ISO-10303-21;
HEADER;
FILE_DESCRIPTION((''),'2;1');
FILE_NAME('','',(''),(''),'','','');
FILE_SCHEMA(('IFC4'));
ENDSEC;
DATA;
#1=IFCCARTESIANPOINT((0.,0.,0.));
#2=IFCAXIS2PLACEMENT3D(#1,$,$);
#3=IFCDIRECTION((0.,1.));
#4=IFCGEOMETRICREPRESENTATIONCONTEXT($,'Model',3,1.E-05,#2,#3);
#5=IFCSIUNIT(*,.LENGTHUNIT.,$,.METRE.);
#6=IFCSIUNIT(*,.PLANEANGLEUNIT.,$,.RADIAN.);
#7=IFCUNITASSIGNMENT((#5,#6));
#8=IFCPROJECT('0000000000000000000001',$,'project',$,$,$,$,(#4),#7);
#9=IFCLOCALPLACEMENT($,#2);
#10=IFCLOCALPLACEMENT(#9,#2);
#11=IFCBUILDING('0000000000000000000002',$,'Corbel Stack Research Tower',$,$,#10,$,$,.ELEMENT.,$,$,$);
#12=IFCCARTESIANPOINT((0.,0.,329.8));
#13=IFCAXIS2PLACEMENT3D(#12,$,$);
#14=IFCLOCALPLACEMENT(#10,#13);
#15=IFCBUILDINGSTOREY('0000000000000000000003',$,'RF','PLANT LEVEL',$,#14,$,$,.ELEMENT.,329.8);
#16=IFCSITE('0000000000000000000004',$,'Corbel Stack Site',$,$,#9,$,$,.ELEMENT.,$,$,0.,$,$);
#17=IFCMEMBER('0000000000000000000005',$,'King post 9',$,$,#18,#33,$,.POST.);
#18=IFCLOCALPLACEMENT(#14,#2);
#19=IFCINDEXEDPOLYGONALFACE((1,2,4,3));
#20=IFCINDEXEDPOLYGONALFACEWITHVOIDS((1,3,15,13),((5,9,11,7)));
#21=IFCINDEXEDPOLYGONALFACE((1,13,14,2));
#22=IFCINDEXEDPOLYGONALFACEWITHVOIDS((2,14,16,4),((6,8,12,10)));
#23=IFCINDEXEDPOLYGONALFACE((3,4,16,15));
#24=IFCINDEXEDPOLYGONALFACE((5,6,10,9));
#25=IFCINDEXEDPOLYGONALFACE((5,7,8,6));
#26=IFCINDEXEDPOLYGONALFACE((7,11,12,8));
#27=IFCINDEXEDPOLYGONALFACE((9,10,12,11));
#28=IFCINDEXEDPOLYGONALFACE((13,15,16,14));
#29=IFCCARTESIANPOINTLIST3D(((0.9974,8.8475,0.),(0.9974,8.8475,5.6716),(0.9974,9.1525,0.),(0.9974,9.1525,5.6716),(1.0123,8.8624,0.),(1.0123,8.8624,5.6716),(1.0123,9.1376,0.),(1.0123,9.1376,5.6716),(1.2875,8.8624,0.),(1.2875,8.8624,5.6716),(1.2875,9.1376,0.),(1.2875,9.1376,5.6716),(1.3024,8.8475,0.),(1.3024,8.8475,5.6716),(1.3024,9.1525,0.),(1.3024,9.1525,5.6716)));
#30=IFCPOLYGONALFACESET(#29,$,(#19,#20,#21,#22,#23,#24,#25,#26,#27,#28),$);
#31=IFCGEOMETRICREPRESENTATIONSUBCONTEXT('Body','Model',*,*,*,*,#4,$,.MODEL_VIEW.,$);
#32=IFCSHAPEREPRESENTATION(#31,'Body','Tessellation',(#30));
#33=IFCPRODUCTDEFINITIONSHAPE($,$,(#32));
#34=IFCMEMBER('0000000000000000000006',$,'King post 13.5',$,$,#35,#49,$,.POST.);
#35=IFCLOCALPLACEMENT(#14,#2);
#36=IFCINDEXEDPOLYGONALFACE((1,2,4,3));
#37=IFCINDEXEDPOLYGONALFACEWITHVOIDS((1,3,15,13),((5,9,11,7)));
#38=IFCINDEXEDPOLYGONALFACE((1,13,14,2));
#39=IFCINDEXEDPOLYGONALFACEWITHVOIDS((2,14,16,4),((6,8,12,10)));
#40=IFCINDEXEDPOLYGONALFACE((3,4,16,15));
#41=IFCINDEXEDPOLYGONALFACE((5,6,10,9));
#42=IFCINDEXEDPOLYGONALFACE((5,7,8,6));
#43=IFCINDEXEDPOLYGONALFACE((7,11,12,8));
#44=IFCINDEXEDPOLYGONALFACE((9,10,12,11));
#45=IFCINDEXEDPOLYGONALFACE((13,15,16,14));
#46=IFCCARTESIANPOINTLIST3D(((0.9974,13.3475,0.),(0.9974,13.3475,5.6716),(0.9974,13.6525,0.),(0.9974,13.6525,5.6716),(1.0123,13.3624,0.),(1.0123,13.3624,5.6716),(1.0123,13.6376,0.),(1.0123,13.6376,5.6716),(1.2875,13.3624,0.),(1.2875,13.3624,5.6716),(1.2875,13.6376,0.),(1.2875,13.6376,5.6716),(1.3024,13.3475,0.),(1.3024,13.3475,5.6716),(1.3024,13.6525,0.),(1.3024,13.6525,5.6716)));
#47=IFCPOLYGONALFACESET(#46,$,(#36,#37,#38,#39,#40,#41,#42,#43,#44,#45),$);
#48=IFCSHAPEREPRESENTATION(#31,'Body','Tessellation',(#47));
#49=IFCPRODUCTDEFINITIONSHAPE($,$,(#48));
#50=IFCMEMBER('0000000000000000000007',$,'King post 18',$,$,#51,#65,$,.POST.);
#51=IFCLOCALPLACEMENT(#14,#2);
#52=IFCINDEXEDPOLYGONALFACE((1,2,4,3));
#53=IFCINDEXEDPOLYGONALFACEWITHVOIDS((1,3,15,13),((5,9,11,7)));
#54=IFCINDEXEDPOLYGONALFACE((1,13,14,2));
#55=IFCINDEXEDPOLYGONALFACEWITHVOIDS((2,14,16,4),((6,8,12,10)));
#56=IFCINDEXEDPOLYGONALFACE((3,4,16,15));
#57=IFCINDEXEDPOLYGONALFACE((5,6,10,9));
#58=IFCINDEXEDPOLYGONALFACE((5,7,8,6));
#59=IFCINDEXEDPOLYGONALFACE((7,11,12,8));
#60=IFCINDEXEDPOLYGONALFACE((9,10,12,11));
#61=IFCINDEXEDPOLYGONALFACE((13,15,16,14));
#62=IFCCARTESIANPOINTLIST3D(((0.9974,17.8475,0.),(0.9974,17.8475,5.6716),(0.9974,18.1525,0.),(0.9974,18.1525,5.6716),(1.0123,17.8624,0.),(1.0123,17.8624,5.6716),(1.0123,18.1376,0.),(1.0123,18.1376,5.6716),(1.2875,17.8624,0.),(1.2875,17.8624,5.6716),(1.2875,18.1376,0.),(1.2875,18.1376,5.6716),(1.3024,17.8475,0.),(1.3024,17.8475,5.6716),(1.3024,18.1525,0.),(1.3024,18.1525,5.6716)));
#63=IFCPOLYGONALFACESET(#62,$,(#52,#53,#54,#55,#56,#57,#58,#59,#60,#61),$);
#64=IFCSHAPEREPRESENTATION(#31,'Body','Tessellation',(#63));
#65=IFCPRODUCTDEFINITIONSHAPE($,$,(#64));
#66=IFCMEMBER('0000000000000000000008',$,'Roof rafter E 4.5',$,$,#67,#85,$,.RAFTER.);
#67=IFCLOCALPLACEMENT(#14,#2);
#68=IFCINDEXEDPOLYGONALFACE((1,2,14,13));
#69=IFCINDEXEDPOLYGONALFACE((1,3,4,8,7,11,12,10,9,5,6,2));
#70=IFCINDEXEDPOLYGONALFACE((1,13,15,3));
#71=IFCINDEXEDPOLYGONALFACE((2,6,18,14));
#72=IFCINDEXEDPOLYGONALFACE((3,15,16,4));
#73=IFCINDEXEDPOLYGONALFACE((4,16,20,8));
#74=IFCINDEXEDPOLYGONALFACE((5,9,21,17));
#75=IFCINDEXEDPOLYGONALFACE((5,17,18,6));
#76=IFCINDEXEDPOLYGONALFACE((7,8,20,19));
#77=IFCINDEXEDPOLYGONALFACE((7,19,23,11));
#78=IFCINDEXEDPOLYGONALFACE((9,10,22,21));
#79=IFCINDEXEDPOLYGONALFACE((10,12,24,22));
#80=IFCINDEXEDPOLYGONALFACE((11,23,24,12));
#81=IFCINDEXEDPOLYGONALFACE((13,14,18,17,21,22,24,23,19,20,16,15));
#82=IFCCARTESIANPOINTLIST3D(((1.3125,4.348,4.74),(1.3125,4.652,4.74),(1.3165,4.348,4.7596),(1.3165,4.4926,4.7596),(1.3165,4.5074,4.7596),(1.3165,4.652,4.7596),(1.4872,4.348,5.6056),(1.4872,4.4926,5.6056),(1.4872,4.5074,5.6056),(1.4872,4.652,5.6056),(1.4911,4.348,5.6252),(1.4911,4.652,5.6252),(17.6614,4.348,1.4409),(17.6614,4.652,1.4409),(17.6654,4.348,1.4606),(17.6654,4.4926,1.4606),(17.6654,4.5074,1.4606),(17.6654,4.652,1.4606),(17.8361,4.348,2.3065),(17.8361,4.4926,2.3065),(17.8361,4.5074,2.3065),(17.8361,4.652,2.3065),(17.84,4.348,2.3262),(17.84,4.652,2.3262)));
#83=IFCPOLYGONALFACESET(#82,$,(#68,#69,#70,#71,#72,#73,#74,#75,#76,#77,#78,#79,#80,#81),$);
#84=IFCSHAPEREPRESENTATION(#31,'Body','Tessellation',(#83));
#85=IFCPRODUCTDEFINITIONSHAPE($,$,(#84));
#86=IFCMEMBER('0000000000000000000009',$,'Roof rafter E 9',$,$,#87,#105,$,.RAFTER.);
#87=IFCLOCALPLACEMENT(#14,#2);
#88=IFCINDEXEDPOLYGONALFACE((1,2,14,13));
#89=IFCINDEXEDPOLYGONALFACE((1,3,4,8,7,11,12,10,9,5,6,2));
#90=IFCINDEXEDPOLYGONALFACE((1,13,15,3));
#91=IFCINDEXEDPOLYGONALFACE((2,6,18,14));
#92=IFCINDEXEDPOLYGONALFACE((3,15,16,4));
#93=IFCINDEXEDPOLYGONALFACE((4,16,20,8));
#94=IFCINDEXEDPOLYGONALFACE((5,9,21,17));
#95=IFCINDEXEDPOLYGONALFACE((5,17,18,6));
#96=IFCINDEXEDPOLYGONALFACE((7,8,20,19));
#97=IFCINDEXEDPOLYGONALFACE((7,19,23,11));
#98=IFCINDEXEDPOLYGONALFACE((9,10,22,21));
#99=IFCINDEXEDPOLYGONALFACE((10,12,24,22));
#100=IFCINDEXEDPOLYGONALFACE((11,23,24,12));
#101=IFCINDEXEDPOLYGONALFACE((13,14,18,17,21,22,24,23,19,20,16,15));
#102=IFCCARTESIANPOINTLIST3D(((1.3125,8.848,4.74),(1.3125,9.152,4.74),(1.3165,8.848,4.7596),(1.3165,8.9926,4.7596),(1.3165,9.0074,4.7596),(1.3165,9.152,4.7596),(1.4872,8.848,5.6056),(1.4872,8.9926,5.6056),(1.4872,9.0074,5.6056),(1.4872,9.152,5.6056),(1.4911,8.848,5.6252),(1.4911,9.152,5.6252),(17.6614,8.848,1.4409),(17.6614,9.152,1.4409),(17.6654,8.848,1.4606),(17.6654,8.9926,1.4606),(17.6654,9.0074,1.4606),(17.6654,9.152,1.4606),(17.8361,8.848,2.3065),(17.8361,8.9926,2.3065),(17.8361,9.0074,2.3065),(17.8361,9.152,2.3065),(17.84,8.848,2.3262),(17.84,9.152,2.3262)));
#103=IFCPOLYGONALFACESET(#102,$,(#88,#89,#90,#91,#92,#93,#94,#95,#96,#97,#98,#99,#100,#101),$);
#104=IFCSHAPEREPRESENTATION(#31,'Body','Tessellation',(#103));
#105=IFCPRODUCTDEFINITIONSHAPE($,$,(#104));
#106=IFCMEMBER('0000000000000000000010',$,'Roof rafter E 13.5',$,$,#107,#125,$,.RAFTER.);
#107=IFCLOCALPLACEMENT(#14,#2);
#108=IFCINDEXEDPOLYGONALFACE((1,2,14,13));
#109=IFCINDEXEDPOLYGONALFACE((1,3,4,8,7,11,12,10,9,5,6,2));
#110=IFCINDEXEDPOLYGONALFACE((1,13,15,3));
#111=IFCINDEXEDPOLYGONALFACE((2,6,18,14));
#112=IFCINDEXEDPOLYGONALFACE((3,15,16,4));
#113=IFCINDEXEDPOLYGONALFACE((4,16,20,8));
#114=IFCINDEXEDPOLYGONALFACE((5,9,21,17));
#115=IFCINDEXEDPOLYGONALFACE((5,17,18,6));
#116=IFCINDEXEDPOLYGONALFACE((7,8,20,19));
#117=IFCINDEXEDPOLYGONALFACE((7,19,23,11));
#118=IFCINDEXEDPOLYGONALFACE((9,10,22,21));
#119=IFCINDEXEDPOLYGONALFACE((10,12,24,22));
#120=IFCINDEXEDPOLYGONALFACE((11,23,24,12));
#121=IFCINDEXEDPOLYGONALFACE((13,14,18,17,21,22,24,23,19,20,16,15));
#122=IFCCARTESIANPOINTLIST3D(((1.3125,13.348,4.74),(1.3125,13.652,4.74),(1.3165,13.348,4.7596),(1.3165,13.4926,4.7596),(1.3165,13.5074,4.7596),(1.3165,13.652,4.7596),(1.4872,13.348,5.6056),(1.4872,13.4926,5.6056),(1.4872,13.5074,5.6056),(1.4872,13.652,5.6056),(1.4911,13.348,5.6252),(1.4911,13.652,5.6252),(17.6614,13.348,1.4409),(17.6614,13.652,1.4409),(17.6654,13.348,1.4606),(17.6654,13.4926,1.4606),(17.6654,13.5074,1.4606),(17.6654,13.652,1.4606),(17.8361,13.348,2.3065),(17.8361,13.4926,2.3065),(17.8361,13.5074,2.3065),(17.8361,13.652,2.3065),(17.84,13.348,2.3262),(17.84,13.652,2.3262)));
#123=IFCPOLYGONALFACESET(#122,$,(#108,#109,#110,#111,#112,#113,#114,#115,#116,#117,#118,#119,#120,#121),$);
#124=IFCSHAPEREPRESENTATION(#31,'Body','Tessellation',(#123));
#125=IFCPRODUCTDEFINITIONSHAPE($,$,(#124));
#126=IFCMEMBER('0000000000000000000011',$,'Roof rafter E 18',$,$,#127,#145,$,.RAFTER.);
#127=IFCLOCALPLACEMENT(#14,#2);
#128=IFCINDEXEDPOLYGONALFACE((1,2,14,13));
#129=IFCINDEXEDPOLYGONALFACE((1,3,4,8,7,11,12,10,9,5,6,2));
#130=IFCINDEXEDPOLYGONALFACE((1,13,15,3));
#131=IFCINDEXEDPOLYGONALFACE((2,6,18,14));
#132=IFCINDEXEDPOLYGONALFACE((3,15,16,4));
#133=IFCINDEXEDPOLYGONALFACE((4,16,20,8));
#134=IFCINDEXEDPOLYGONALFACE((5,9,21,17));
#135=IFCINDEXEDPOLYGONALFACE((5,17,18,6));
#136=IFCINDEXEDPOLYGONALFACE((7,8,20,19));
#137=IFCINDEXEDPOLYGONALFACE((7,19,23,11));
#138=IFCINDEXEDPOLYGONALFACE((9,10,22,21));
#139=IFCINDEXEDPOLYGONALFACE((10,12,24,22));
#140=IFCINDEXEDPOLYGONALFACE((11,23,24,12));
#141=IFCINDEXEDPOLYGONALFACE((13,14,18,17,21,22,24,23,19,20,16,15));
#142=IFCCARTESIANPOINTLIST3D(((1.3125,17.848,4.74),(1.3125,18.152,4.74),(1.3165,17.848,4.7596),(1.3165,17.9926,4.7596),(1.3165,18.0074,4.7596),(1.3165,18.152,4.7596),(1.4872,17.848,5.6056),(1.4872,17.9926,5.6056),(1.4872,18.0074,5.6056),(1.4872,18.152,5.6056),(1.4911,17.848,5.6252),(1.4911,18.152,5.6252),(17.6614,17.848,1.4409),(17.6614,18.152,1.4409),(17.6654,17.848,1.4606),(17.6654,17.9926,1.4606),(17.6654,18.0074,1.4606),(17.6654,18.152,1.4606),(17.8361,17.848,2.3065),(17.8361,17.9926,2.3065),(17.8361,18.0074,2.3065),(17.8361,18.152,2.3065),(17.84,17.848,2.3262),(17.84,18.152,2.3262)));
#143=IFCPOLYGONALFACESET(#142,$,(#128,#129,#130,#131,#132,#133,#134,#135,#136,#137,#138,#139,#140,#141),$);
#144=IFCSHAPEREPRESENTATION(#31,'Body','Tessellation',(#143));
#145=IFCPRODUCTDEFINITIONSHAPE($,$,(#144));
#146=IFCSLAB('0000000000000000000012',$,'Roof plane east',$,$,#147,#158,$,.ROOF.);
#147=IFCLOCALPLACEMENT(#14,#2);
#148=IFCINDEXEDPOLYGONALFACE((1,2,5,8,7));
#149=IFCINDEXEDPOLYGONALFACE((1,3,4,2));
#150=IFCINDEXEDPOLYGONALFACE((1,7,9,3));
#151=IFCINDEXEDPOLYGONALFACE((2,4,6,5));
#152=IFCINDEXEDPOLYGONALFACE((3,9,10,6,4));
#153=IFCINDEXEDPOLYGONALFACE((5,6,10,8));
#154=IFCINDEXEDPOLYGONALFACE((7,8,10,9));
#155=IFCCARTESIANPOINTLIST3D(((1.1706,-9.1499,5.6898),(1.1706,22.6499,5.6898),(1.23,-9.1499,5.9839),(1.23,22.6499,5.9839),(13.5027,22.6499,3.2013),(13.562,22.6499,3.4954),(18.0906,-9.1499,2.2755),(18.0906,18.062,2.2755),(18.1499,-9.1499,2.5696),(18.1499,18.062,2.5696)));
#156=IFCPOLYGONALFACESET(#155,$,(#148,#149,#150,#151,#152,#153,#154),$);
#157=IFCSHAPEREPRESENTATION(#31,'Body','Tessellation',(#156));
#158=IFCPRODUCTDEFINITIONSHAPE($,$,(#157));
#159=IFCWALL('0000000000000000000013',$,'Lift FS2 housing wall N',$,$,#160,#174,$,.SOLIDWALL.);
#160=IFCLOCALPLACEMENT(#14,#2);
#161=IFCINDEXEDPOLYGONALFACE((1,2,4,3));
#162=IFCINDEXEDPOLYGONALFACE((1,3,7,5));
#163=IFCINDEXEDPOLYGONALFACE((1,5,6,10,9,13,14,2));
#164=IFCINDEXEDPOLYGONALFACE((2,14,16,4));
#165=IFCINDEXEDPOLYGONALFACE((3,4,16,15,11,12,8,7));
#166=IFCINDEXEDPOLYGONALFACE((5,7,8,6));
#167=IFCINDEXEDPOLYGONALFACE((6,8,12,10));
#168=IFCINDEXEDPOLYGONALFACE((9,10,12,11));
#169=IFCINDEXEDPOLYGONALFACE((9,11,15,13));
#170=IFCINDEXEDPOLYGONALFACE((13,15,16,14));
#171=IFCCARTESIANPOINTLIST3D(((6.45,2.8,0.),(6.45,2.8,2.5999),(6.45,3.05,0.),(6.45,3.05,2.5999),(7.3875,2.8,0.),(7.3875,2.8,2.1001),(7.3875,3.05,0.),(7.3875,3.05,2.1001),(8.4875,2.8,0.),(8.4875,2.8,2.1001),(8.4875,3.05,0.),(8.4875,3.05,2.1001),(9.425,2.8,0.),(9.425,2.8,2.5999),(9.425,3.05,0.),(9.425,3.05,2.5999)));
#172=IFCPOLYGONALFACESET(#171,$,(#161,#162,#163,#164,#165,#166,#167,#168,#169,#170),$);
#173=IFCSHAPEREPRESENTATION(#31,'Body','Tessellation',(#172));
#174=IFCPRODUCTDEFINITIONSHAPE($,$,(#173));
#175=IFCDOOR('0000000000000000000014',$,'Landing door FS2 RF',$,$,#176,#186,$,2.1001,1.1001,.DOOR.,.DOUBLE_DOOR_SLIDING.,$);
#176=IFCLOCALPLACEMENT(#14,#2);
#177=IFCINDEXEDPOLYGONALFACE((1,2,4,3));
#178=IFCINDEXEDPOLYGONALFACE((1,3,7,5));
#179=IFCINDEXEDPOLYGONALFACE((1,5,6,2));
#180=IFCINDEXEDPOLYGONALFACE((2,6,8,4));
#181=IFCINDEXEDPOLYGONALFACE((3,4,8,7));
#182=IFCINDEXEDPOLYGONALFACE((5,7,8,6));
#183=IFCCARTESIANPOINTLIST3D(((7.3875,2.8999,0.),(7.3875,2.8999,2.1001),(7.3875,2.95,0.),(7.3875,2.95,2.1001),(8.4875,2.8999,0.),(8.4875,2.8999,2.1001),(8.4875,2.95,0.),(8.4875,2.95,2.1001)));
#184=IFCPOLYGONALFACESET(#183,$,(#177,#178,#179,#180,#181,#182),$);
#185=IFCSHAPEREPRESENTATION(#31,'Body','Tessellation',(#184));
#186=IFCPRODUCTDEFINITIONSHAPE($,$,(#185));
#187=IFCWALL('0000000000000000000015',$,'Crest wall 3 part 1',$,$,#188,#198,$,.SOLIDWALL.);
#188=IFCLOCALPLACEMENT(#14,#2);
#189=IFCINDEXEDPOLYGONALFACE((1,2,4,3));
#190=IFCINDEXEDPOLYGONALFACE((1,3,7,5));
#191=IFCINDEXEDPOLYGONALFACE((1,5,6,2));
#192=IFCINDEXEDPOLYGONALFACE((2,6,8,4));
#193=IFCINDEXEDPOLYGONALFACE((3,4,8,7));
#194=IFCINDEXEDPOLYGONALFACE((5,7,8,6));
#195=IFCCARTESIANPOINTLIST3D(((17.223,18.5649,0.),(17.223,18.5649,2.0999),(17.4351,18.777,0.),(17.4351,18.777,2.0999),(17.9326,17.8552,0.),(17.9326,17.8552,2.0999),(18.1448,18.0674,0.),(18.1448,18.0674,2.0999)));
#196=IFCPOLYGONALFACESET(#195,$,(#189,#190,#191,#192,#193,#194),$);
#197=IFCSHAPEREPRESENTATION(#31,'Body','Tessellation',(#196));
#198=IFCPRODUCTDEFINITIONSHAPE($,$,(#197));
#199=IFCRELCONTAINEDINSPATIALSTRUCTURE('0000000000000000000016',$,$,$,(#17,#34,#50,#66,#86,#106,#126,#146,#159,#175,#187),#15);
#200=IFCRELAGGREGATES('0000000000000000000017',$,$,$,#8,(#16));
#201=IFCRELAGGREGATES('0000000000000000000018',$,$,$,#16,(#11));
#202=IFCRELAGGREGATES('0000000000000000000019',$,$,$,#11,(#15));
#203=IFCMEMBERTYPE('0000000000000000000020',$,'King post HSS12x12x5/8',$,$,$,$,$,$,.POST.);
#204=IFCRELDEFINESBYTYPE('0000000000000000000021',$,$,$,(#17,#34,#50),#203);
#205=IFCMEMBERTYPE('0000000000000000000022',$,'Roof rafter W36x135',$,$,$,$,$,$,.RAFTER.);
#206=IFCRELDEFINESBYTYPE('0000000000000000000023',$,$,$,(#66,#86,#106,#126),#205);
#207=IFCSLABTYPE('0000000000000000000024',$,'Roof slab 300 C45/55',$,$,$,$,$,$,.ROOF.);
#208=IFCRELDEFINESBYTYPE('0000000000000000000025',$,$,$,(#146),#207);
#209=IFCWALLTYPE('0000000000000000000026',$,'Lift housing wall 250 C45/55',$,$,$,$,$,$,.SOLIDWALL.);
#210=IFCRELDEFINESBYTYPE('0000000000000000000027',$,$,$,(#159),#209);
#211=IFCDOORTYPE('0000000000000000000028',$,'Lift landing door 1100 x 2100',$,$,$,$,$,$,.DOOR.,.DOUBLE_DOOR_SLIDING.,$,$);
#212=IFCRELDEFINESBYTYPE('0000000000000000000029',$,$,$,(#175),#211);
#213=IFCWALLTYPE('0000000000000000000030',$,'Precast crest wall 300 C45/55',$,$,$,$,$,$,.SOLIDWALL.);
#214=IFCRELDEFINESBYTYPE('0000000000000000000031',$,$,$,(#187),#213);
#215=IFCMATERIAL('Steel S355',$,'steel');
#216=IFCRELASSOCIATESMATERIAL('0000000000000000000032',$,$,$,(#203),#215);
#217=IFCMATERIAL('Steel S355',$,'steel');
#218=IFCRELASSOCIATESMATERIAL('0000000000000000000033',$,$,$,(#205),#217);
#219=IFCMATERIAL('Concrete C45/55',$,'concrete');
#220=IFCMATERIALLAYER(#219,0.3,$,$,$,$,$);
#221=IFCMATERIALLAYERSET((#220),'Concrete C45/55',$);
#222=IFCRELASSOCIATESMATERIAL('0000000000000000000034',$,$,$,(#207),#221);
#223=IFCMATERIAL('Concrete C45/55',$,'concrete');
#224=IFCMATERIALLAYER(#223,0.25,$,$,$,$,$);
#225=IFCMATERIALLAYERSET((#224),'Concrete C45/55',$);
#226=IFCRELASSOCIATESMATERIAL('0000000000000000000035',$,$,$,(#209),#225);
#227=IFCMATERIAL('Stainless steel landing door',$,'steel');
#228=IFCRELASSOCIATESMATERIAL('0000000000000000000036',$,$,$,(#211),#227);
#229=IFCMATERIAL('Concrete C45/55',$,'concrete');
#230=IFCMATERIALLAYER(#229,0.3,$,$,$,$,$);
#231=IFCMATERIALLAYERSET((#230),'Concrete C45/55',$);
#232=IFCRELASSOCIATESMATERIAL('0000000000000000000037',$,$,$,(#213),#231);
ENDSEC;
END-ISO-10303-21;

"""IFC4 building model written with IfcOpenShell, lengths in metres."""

from ifc_helpers import new_model, si_unit, direction, frame, frame_2d, origin, origin_2d, place, context, subcontext, project, spatial, polyline, rectangle, hollow_rectangle, i_section, outline, extrude, material, layer, layer_set, material_profile, profile_set, type_object, element, fill, save


model = new_model("IFC4")

# Units and contexts
model_context = context("Model", 3, precision=1e-05, world=origin(), true_north=direction((0.0, 1.0)))
body_context = subcontext(model_context, "Body", "Model", "MODEL_VIEW")
ifc_project = project(units=[si_unit("LENGTHUNIT", "METRE"), si_unit("PLANEANGLEUNIT", "RADIAN")], contexts=[model_context])

# Site, building, storey
site_placement = place(None, origin())
site = spatial("IfcSite", under=ifc_project, at=site_placement, Name="Corbel Stack Site", CompositionType="ELEMENT", RefElevation=0.0)
building_placement = place(site_placement, origin())
building = spatial("IfcBuilding", under=site, at=building_placement, Name="Corbel Stack Research Tower", CompositionType="ELEMENT")
storey_placement = place(building_placement, frame((0.0, 0.0, 329.8)))
storey = spatial("IfcBuildingStorey", under=building, at=storey_placement, Name="RF", Description="PLANT LEVEL", CompositionType="ELEMENT", Elevation=329.8)

# Members
ifc_material_1 = material(Name="Steel S355", Category="steel")
ifc_material_profile_1 = material_profile(ifc_material_1, hollow_rectangle(XDim=0.3049, YDim=0.3049, WallThickness=0.0149, at=origin_2d()), Name="HSS12x12x5/8")
ifc_profile_set_1 = profile_set([ifc_material_profile_1], Name="Steel S355")
member_type_1 = type_object("IfcMemberType", Name="King post HSS12x12x5/8", PredefinedType="POST", material=ifc_profile_set_1)
for number, where, z_axis, x_axis, name in (
    (1, (1.1499, 9.0, 0.0), (0.0, 0.0, 1.0), (1.0, 0.0, 0.0), "King post 9"),
    (2, (1.1499, 13.5, 0.0), (0.0, 0.0, 1.0), (1.0, 0.0, 0.0), "King post 13.5"),
    (3, (1.1499, 18.0, 0.0), (0.0, 0.0, 1.0), (1.0, 0.0, 0.0), "King post 18"),
):
    element("IfcMember", number, at=place(storey_placement, frame(where, z_axis=z_axis, x_axis=x_axis)), inside=storey, type_object=member_type_1, Name=name, PredefinedType="POST", context=body_context, shape_type="SweptSolid", body=[
        extrude(hollow_rectangle(XDim=0.3049, YDim=0.3049, WallThickness=0.0149, at=origin_2d()), origin(), (0.0, 0.0, 1.0), 5.6716),
    ])
ifc_material_2 = material(Name="Steel S355", Category="steel")
ifc_material_profile_2 = material_profile(ifc_material_2, i_section(OverallWidth=0.304, OverallDepth=0.9031, WebThickness=0.0149, FlangeThickness=0.02, at=origin_2d()), Name="W36x135")
ifc_profile_set_2 = profile_set([ifc_material_profile_2], Name="Steel S355")
member_type_2 = type_object("IfcMemberType", Name="Roof rafter W36x135", PredefinedType="RAFTER", material=ifc_profile_set_2)
for number, where, z_axis, x_axis, name in (
    (4, (17.7507, 4.5, 1.8835), (-0.980241, 0.0, 0.197805), (0.0, -1.0, 0.0), "Roof rafter E 4.5"),
    (5, (17.7507, 9.0, 1.8835), (-0.980241, 0.0, 0.197805), (0.0, -1.0, 0.0), "Roof rafter E 9"),
    (6, (17.7507, 13.5, 1.8835), (-0.980241, 0.0, 0.197805), (0.0, -1.0, 0.0), "Roof rafter E 13.5"),
    (7, (17.7507, 18.0, 1.8835), (-0.980241, 0.0, 0.197805), (0.0, -1.0, 0.0), "Roof rafter E 18"),
):
    element("IfcMember", number, at=place(storey_placement, frame(where, z_axis=z_axis, x_axis=x_axis)), inside=storey, type_object=member_type_2, Name=name, PredefinedType="RAFTER", context=body_context, shape_type="SweptSolid", body=[
        extrude(i_section(OverallWidth=0.304, OverallDepth=0.9031, WebThickness=0.0149, FlangeThickness=0.02, at=origin_2d()), origin(), (0.0, 0.0, 1.0), 16.6785),
    ])

# Slab
ifc_material_3 = material(Name="Concrete C45/55", Category="concrete")
ifc_layer_1 = layer(ifc_material_3, 0.3)
ifc_layer_set_1 = layer_set([ifc_layer_1], Name="Concrete C45/55")
slab_type = type_object("IfcSlabType", Name="Roof slab 300 C45/55", PredefinedType="ROOF", material=ifc_layer_set_1)
slab_placement = place(storey_placement, frame((1.23, 22.6499, 5.9839), z_axis=(0.197805, 0.0, 0.980241), x_axis=(0.0, -1.0, 0.0)))
element("IfcSlab", 8, at=slab_placement, inside=storey, type_object=slab_type, Name="Roof plane east", PredefinedType="ROOF", context=body_context, shape_type="SweptSolid", body=[
    extrude(outline(polyline([(0.0, 0.0), (31.7998, 0.0), (31.7998, 17.261), (4.5879, 17.261), (0.0, 12.5806), (0.0, 0.0)])), origin(), (0.0, 0.0, -1.0), 0.3),
])

# Wall, opening, door
ifc_material_4 = material(Name="Concrete C45/55", Category="concrete")
ifc_layer_2 = layer(ifc_material_4, 0.25)
ifc_layer_set_2 = layer_set([ifc_layer_2], Name="Concrete C45/55")
wall_type_1 = type_object("IfcWallType", Name="Lift housing wall 250 C45/55", PredefinedType="SOLIDWALL", material=ifc_layer_set_2)
wall_1_placement = place(storey_placement, frame((6.45, 2.925, 0.0), z_axis=(0.0, 0.0, 1.0), x_axis=(1.0, 0.0, 0.0)))
wall_1 = element("IfcWall", 9, at=wall_1_placement, inside=storey, type_object=wall_type_1, Name="Lift FS2 housing wall N", PredefinedType="SOLIDWALL", context=body_context, shape_type="SweptSolid", body=[
    extrude(rectangle(XDim=2.9751, YDim=0.25, at=frame_2d((1.4875, 0.0))), origin(), (0.0, 0.0, 1.0), 2.5999),
])
opening_1_placement = place(wall_1_placement, frame((0.9375, 0.0, 0.0)))
opening_1 = element("IfcOpeningElement", 10, at=opening_1_placement, cuts=wall_1, PredefinedType="OPENING", context=body_context, shape_type="SweptSolid", body=[
    extrude(rectangle(XDim=1.1001, YDim=2.1001, at=frame_2d((0.55, 1.05))), frame((0.0, 0.135, 0.0), z_axis=(0.0, -1.0, 0.0), x_axis=(1.0, 0.0, 0.0)), (0.0, 0.0, 1.0), 0.27),
])
ifc_material_5 = material(Name="Stainless steel landing door", Category="steel")
door_type_1 = type_object("IfcDoorType", Name="Lift landing door 1100 x 2100", OperationType="DOUBLE_DOOR_SLIDING", PredefinedType="DOOR", material=ifc_material_5)
door_1_placement = place(opening_1_placement, origin())
door_1 = element("IfcDoor", 11, at=door_1_placement, inside=storey, type_object=door_type_1, Name="Landing door FS2 RF", OperationType="DOUBLE_DOOR_SLIDING", OverallHeight=2.1001, OverallWidth=1.1001, PredefinedType="DOOR", context=body_context, shape_type="SweptSolid", body=[
    extrude(rectangle(XDim=1.1001, YDim=2.1001, at=frame_2d((0.55, 1.05))), frame((0.0, 0.0249, 0.0), z_axis=(0.0, -1.0, 0.0), x_axis=(1.0, 0.0, 0.0)), (0.0, 0.0, 1.0), 0.05),
])
fill(opening_1, door_1)

# Wall
ifc_material_6 = material(Name="Concrete C45/55", Category="concrete")
ifc_layer_3 = layer(ifc_material_6, 0.3)
ifc_layer_set_3 = layer_set([ifc_layer_3], Name="Concrete C45/55")
wall_type_2 = type_object("IfcWallType", Name="Precast crest wall 300 C45/55", PredefinedType="SOLIDWALL", material=ifc_layer_set_3)
wall_2_placement = place(storey_placement, frame((18.0388, 17.9612, 0.0), z_axis=(0.0, 0.0, 1.0), x_axis=(-0.707107, 0.707107, 0.0)))
element("IfcWall", 12, at=wall_2_placement, inside=storey, type_object=wall_type_2, Name="Crest wall 3 part 1", PredefinedType="SOLIDWALL", context=body_context, shape_type="SweptSolid", body=[
    extrude(rectangle(XDim=1.0037, YDim=0.3, at=frame_2d((0.502, 0.0))), origin(), (0.0, 0.0, 1.0), 2.0999),
])

save(model, "model.ifc")
